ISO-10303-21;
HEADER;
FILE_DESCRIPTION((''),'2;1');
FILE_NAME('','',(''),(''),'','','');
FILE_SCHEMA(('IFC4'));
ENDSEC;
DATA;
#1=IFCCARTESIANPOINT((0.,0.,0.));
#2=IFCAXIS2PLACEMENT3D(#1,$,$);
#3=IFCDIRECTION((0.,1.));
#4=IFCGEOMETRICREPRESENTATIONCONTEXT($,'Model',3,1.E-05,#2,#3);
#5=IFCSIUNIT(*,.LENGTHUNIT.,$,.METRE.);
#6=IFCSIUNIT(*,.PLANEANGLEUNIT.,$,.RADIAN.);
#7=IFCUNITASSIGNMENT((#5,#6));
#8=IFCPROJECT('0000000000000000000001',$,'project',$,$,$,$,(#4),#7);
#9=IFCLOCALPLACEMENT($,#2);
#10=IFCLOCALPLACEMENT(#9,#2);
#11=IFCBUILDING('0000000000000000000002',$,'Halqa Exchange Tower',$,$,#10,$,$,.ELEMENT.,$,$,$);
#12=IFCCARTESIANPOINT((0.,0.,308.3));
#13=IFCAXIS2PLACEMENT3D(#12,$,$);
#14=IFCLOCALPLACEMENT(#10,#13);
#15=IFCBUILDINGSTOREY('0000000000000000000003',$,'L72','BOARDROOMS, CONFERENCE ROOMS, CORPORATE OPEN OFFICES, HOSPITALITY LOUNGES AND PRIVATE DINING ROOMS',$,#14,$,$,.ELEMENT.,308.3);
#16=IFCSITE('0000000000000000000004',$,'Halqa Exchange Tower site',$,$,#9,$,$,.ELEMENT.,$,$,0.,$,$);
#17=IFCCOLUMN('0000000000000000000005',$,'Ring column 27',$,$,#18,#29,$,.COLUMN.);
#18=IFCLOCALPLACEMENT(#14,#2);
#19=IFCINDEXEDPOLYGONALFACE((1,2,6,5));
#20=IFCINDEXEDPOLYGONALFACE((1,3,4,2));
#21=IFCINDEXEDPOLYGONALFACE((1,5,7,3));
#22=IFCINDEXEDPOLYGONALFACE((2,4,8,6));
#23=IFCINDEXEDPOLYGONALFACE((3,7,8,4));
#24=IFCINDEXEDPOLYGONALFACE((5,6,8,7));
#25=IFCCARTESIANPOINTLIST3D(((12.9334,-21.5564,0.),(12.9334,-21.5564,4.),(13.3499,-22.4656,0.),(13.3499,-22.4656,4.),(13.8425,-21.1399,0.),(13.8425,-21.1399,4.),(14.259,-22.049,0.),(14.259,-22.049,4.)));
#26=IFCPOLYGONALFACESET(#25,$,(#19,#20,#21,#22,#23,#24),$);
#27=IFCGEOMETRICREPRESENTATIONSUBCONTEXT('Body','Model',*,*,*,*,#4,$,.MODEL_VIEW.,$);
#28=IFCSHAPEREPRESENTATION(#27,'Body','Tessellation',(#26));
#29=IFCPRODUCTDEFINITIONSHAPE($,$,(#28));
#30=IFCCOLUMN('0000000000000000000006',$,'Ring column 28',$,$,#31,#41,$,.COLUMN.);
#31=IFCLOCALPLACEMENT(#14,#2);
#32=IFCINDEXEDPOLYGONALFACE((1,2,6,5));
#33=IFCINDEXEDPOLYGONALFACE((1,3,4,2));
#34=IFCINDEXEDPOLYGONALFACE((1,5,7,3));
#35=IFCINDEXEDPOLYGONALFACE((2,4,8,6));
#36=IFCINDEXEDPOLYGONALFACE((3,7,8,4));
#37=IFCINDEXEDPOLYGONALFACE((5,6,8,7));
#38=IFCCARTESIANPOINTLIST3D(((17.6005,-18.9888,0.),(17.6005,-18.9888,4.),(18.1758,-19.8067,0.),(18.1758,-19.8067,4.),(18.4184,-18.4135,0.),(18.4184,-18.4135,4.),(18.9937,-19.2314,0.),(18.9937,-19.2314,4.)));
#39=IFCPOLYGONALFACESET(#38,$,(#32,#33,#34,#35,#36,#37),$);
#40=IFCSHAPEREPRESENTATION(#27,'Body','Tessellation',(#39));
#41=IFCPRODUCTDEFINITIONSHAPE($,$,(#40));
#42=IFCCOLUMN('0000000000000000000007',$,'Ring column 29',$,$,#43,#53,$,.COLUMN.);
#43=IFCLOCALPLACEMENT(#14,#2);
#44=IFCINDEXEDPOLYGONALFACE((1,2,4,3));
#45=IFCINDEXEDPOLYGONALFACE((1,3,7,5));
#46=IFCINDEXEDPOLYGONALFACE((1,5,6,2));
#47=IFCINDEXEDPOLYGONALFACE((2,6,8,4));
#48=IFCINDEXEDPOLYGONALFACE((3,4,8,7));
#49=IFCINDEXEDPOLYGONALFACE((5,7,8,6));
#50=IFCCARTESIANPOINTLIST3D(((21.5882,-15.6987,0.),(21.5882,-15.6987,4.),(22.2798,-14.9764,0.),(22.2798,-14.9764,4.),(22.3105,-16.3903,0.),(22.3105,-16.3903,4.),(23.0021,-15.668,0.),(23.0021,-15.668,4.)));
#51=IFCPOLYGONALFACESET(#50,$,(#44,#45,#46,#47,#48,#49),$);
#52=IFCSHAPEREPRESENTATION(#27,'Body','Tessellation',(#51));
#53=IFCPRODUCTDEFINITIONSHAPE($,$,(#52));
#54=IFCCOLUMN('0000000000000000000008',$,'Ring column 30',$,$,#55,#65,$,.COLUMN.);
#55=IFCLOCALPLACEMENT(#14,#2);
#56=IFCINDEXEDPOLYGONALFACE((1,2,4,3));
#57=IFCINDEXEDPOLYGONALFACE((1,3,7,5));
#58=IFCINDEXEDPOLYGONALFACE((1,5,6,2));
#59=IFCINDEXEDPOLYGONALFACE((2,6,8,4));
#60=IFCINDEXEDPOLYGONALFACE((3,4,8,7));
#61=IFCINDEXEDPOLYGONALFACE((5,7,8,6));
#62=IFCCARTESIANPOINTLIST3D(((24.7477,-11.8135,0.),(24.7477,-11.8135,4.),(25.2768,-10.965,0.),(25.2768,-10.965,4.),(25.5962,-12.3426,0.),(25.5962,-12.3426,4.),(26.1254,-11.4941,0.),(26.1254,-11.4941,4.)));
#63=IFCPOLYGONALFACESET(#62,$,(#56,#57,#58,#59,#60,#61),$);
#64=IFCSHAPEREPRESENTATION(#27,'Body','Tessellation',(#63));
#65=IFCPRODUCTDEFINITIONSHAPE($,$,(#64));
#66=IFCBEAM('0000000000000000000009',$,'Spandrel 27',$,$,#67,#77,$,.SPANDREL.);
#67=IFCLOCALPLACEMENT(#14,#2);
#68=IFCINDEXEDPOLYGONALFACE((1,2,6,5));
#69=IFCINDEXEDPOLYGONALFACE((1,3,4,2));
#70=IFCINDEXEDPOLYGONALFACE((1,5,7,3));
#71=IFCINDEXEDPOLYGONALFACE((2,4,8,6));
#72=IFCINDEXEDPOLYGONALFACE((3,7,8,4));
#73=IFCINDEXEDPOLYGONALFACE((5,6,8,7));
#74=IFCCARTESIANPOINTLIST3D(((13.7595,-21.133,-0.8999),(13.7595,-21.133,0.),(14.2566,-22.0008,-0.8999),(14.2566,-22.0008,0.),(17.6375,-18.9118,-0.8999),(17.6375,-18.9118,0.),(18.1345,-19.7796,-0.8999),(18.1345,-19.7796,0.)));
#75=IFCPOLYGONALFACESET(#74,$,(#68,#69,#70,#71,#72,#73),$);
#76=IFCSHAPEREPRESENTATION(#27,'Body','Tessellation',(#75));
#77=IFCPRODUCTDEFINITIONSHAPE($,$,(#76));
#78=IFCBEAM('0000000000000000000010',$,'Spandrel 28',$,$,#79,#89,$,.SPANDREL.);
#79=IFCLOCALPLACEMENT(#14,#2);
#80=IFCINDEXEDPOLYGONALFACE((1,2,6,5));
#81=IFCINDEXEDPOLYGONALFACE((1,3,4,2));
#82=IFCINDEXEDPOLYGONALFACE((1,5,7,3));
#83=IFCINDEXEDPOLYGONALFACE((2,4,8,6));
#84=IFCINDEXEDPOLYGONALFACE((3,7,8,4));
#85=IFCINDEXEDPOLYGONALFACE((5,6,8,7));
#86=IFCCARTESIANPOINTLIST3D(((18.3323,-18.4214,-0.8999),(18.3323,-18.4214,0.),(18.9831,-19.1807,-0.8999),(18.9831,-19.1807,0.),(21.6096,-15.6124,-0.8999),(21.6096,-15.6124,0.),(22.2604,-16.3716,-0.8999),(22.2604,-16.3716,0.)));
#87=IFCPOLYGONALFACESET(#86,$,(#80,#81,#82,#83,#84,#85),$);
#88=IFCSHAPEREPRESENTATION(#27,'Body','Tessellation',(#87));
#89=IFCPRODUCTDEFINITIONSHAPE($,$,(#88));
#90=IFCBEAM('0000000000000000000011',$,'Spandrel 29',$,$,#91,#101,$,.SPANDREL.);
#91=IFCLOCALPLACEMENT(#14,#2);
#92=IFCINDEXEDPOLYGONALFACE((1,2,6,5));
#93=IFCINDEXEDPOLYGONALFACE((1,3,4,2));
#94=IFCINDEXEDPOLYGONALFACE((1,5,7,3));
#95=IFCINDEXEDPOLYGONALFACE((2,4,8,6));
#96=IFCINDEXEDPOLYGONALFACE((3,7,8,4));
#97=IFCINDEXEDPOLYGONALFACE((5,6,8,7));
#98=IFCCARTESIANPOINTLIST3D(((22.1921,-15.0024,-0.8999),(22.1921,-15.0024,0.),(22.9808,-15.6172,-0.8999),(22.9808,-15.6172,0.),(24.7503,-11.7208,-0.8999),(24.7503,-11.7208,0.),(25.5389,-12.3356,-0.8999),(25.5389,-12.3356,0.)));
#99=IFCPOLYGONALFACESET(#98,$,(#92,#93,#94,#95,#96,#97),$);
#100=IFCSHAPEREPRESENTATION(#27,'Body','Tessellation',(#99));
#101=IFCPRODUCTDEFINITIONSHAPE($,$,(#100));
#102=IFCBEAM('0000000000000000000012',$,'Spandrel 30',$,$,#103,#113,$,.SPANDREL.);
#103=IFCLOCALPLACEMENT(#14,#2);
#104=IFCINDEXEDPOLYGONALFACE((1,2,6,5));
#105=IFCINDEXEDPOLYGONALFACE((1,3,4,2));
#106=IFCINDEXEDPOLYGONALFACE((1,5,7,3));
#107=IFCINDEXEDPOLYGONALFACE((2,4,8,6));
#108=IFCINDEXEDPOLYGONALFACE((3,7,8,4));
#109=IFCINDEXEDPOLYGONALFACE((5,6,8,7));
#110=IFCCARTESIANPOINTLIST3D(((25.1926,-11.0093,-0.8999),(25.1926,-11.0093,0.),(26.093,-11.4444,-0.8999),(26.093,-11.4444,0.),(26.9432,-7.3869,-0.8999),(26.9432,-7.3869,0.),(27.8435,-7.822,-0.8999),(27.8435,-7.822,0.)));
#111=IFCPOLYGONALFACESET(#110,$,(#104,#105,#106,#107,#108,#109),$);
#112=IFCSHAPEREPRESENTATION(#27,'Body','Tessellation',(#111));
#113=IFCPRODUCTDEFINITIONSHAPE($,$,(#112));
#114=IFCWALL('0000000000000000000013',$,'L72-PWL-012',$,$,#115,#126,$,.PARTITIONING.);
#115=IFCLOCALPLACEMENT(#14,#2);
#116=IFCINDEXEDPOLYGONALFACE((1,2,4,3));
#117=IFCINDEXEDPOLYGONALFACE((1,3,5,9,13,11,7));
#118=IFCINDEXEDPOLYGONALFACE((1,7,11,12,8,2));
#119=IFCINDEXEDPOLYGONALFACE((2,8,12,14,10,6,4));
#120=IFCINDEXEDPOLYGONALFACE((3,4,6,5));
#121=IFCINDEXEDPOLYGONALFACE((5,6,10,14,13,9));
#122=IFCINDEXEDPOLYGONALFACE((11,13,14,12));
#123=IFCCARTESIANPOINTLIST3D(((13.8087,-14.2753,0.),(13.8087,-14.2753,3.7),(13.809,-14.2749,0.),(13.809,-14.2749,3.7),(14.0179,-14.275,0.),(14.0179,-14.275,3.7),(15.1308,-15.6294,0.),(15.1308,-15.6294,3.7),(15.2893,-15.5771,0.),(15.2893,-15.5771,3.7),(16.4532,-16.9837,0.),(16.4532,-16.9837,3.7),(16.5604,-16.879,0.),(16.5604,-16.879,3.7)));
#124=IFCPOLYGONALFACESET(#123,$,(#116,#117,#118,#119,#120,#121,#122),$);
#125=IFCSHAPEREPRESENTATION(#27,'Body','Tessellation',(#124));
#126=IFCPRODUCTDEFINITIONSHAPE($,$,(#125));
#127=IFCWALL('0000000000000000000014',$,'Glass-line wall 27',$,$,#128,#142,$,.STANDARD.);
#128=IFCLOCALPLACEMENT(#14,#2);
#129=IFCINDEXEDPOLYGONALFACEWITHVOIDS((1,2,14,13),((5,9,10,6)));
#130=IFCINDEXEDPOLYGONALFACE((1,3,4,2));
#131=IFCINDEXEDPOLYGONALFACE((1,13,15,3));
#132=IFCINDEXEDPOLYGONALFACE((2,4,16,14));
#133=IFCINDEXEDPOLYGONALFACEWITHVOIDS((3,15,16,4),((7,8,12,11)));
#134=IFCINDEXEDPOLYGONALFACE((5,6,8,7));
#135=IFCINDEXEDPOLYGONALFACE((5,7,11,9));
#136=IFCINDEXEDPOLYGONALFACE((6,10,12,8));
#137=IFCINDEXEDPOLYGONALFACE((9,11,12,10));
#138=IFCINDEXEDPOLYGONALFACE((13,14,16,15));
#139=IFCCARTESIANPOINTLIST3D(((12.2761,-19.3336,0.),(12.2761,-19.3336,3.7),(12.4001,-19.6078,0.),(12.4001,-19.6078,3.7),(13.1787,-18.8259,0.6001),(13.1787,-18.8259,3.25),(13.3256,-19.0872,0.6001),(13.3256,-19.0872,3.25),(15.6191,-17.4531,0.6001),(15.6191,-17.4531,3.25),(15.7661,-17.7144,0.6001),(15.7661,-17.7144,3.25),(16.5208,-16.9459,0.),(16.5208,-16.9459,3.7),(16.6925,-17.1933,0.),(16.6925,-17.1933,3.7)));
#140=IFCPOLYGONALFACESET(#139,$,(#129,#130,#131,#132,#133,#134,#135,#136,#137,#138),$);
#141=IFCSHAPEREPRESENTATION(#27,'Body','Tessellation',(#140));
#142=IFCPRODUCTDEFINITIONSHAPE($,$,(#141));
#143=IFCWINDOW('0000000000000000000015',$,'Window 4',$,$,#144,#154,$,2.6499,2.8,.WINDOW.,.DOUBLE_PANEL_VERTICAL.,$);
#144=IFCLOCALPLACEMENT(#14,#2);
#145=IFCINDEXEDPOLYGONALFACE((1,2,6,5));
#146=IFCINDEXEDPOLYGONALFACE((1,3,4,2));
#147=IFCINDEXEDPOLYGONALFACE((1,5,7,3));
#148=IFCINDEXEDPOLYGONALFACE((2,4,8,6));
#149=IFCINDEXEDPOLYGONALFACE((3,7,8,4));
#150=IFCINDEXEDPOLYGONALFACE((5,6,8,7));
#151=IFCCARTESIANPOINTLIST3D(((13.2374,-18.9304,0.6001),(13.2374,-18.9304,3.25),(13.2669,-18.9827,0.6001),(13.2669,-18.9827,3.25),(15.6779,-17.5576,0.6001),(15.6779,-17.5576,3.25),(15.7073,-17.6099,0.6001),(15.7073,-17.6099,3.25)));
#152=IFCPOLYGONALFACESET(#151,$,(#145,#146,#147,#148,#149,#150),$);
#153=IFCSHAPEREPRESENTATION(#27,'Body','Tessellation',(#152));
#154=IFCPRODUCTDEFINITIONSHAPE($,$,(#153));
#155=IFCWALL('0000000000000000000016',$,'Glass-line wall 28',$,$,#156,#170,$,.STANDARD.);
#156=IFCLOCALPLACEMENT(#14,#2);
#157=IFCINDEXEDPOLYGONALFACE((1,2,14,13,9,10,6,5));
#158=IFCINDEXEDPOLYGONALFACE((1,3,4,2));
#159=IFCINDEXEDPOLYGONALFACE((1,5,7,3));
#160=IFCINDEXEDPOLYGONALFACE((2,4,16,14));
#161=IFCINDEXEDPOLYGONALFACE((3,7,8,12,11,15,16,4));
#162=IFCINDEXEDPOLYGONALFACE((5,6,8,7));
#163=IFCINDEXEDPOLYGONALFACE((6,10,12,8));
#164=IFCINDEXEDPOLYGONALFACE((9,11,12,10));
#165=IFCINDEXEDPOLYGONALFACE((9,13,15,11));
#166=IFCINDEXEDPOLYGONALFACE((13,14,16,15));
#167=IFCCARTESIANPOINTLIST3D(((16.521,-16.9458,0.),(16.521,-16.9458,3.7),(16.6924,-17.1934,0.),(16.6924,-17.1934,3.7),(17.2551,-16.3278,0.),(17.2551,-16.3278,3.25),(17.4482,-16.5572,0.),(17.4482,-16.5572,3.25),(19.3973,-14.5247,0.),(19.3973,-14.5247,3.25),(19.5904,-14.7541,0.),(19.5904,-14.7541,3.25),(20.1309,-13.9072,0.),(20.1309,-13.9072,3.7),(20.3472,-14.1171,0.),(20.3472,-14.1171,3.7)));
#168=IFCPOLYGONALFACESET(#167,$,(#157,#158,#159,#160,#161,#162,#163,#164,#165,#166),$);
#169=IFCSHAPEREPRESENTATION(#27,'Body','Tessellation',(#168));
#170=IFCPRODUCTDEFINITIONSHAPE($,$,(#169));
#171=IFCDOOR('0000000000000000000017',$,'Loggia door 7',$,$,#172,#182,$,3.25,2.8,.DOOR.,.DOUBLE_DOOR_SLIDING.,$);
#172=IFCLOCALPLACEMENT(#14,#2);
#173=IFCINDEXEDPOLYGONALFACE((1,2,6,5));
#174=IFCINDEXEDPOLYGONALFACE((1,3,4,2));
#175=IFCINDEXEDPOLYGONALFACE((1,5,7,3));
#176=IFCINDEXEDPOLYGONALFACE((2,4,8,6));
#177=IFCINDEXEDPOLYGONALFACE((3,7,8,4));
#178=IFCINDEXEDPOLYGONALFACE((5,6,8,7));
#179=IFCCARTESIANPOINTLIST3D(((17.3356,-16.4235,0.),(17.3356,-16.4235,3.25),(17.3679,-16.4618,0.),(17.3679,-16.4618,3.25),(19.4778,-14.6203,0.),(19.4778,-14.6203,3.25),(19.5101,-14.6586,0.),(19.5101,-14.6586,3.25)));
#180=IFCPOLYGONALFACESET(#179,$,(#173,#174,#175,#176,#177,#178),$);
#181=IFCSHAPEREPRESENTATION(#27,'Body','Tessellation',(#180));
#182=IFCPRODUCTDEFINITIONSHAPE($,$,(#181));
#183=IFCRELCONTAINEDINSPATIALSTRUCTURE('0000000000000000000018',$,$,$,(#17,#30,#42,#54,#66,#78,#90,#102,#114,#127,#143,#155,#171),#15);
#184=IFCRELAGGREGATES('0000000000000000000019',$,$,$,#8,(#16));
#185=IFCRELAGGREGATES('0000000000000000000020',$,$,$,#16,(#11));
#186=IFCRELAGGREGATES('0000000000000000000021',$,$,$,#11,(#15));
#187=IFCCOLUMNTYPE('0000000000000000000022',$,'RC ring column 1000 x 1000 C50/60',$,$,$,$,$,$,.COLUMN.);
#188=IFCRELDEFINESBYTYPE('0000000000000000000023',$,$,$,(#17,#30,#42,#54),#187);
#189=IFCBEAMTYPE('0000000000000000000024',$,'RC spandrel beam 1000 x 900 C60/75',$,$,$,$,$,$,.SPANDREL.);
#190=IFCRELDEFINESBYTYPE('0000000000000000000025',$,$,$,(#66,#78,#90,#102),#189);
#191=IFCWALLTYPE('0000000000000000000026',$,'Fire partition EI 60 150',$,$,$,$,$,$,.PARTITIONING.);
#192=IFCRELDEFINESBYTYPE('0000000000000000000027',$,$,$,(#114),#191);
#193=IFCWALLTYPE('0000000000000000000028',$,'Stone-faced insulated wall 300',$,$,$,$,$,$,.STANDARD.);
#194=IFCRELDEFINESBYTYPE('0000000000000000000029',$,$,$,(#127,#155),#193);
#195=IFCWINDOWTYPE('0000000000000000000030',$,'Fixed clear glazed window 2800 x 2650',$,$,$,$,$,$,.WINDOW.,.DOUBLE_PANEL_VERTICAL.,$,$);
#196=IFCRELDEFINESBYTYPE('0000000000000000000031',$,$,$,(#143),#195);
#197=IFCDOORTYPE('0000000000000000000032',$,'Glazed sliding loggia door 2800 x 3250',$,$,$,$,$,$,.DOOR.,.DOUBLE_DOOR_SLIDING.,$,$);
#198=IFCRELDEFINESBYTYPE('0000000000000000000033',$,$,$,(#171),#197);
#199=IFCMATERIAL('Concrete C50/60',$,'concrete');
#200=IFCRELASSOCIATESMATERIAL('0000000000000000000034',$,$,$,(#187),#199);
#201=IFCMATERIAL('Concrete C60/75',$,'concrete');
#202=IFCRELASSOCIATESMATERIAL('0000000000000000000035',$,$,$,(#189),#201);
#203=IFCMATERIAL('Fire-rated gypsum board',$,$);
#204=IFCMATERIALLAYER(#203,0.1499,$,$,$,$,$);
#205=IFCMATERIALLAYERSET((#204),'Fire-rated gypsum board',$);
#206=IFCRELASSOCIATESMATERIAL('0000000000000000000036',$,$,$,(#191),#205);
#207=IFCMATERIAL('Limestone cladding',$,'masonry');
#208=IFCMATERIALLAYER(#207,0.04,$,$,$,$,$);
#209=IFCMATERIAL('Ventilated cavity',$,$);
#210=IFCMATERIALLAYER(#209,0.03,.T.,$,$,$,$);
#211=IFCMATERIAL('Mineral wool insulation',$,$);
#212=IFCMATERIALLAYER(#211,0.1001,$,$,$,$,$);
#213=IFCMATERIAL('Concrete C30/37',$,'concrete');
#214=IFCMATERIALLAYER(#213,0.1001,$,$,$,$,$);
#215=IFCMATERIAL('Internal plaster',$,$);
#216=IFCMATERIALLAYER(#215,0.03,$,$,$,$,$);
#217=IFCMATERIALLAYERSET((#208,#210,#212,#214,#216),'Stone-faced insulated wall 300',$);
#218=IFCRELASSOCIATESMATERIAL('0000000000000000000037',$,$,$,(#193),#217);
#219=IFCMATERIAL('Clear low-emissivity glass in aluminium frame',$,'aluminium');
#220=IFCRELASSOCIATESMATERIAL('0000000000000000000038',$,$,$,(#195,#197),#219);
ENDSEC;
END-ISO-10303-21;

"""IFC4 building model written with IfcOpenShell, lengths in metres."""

from ifc_helpers import new_model, si_unit, direction, frame, frame_2d, origin, origin_2d, place, context, subcontext, project, spatial, polyline, rectangle, outline, extrude, material, layer, layer_set, material_profile, profile_set, type_object, element, fill, save


model = new_model("IFC4")

# Units and contexts
model_context = context("Model", 3, precision=1e-05, world=origin(), true_north=direction((0.0, 1.0)))
body_context = subcontext(model_context, "Body", "Model", "MODEL_VIEW")
ifc_project = project(units=[si_unit("LENGTHUNIT", "METRE"), si_unit("PLANEANGLEUNIT", "RADIAN")], contexts=[model_context])

# Site, building, storey
site_placement = place(None, origin())
site = spatial("IfcSite", under=ifc_project, at=site_placement, Name="Halqa Exchange Tower site", CompositionType="ELEMENT", RefElevation=0.0)
building_placement = place(site_placement, origin())
building = spatial("IfcBuilding", under=site, at=building_placement, Name="Halqa Exchange Tower", CompositionType="ELEMENT")
storey_placement = place(building_placement, frame((0.0, 0.0, 308.3)))
storey = spatial("IfcBuildingStorey", under=building, at=storey_placement, Name="L72", Description="BOARDROOMS, CONFERENCE ROOMS, CORPORATE OPEN OFFICES, HOSPITALITY LOUNGES AND PRIVATE DINING ROOMS", CompositionType="ELEMENT", Elevation=308.3)

# Columns
ifc_material_1 = material(Name="Concrete C50/60", Category="concrete")
ifc_material_profile_1 = material_profile(ifc_material_1, rectangle(XDim=1.0, YDim=1.0, at=origin_2d()), Name="1000 x 1000")
ifc_profile_set_1 = profile_set([ifc_material_profile_1], Name="Concrete C50/60")
column_type = type_object("IfcColumnType", Name="RC ring column 1000 x 1000 C50/60", PredefinedType="COLUMN", material=ifc_profile_set_1)
for number, where, z_axis, x_axis, name in (
    (1, (13.5962, -21.8027, 0.0), (0.0, 0.0, 1.0), (0.909126, 0.41652, 0.0), "Ring column 27"),
    (2, (18.2971, -19.1101, 0.0), (0.0, 0.0, 1.0), (0.817904, 0.575355, 0.0), "Ring column 28"),
    (3, (22.2952, -15.6833, 0.0), (0.0, 0.0, 1.0), (0.691581, 0.722299, 0.0), "Ring column 29"),
    (4, (25.4365, -11.6538, 0.0), (0.0, 0.0, 1.0), (0.529151, 0.848528, 0.0), "Ring column 30"),
):
    element("IfcColumn", number, at=place(storey_placement, frame(where, z_axis=z_axis, x_axis=x_axis)), inside=storey, type_object=column_type, Name=name, PredefinedType="COLUMN", context=body_context, shape_type="SweptSolid", body=[
        extrude(rectangle(XDim=1.0, YDim=1.0, at=origin_2d()), origin(), (0.0, 0.0, 1.0), 4.0),
    ])

# Beams
ifc_material_2 = material(Name="Concrete C60/75", Category="concrete")
ifc_material_profile_2 = material_profile(ifc_material_2, rectangle(XDim=1.0, YDim=0.8999, at=origin_2d()), Name="1000 x 900")
ifc_profile_set_2 = profile_set([ifc_material_profile_2], Name="Concrete C60/75")
beam_type = type_object("IfcBeamType", Name="RC spandrel beam 1000 x 900 C60/75", PredefinedType="SPANDREL", material=ifc_profile_set_2)
beam_1_placement = place(storey_placement, frame((14.0081, -21.5669, -0.45), z_axis=(0.867738, 0.497021, 0.0), x_axis=(-0.497021, 0.867738, 0.0)))
element("IfcBeam", 5, at=beam_1_placement, inside=storey, type_object=beam_type, Name="Spandrel 27", PredefinedType="SPANDREL", context=body_context, shape_type="SweptSolid", body=[
    extrude(rectangle(XDim=1.0, YDim=0.8999, at=origin_2d()), origin(), (0.0, 0.0, 1.0), 4.469),
])
beam_2_placement = place(storey_placement, frame((18.6577, -18.801, -0.45), z_axis=(0.759265, 0.650782, 0.0), x_axis=(-0.650782, 0.759265, 0.0)))
element("IfcBeam", 6, at=beam_2_placement, inside=storey, type_object=beam_type, Name="Spandrel 28", PredefinedType="SPANDREL", context=body_context, shape_type="SweptSolid", body=[
    extrude(rectangle(XDim=1.0, YDim=0.8999, at=origin_2d()), origin(), (0.0, 0.0, 1.0), 4.3164),
])
beam_3_placement = place(storey_placement, frame((22.5864, -15.3098, -0.45), z_axis=(0.614814, 0.788672, 0.0), x_axis=(-0.788672, 0.614814, 0.0)))
element("IfcBeam", 7, at=beam_3_placement, inside=storey, type_object=beam_type, Name="Spandrel 29", PredefinedType="SPANDREL", context=body_context, shape_type="SweptSolid", body=[
    extrude(rectangle(XDim=1.0, YDim=0.8999, at=origin_2d()), origin(), (0.0, 0.0, 1.0), 4.1609),
])
beam_4_placement = place(storey_placement, frame((25.6428, -11.2268, -0.45), z_axis=(0.435109, 0.900378, 0.0), x_axis=(-0.900378, 0.435109, 0.0)))
element("IfcBeam", 8, at=beam_4_placement, inside=storey, type_object=beam_type, Name="Spandrel 30", PredefinedType="SPANDREL", context=body_context, shape_type="SweptSolid", body=[
    extrude(rectangle(XDim=1.0, YDim=0.8999, at=origin_2d()), origin(), (0.0, 0.0, 1.0), 4.0232),
])

# Wall
ifc_material_3 = material(Name="Fire-rated gypsum board")
ifc_layer_1 = layer(ifc_material_3, 0.1499)
ifc_layer_set_1 = layer_set([ifc_layer_1], Name="Fire-rated gypsum board")
wall_type_1 = type_object("IfcWallType", Name="Fire partition EI 60 150", PredefinedType="PARTITIONING", material=ifc_layer_set_1)
wall_1_placement = place(storey_placement, frame((13.8623, -14.2229, 0.0), z_axis=(0.0, 0.0, 1.0), x_axis=(0.698607, -0.715505, 0.0)))
element("IfcWall", 9, at=wall_1_placement, inside=storey, type_object=wall_type_1, Name="L72-PWL-012", PredefinedType="PARTITIONING", context=body_context, shape_type="SweptSolid", body=[
    extrude(outline(polyline([(3.7854, 0.075), (1.9658, 0.075), (0.146, 0.075), (0.0, -0.0745), (0.0, -0.075), (1.8926, -0.075), (3.7854, -0.075), (3.7854, 0.075)])), origin(), (0.0, 0.0, 1.0), 3.7),
])

# Wall, opening, window
ifc_material_4 = material(Name="Limestone cladding", Category="masonry")
ifc_layer_2 = layer(ifc_material_4, 0.04)
ifc_material_5 = material(Name="Ventilated cavity")
ifc_layer_3 = layer(ifc_material_5, 0.03, ventilated=True)
ifc_material_6 = material(Name="Mineral wool insulation")
ifc_layer_4 = layer(ifc_material_6, 0.1001)
ifc_material_7 = material(Name="Concrete C30/37", Category="concrete")
ifc_layer_5 = layer(ifc_material_7, 0.1001)
ifc_material_8 = material(Name="Internal plaster")
ifc_layer_6 = layer(ifc_material_8, 0.03)
ifc_layer_set_2 = layer_set([ifc_layer_2, ifc_layer_3, ifc_layer_4, ifc_layer_5, ifc_layer_6], Name="Stone-faced insulated wall 300")
wall_type_2 = type_object("IfcWallType", Name="Stone-faced insulated wall 300", PredefinedType="STANDARD", material=ifc_layer_set_2)
wall_2_placement = place(storey_placement, frame((12.3381, -19.4707, 0.0), z_axis=(0.0, 0.0, 1.0), x_axis=(0.87157, 0.490271, 0.0)))
wall_2 = element("IfcWall", 10, at=wall_2_placement, inside=storey, type_object=wall_type_2, Name="Glass-line wall 27", PredefinedType="STANDARD", context=body_context, shape_type="SweptSolid", body=[
    extrude(outline(polyline([(-0.0132, -0.1499), (4.9116, -0.1499), (4.8833, 0.1499), (0.0132, 0.1499), (-0.0132, -0.1499)])), origin(), (0.0, 0.0, 1.0), 3.7),
])
opening_1_placement = place(wall_2_placement, frame((1.0488, 0.0, 0.6001)))
opening_1 = element("IfcOpeningElement", 11, at=opening_1_placement, cuts=wall_2, PredefinedType="OPENING", context=body_context, shape_type="SweptSolid", body=[
    extrude(rectangle(XDim=2.8, YDim=2.6499, at=frame_2d((1.3999, 1.325))), frame((0.0, 0.1621, 0.0), z_axis=(0.0, -1.0, 0.0), x_axis=(1.0, 0.0, 0.0)), (0.0, 0.0, 1.0), 0.324),
])
ifc_material_9 = material(Name="Clear low-emissivity glass in aluminium frame", Category="aluminium")
window_type = type_object("IfcWindowType", Name="Fixed clear glazed window 2800 x 2650", PartitioningType="DOUBLE_PANEL_VERTICAL", PredefinedType="WINDOW", material=ifc_material_9)
window_1_placement = place(opening_1_placement, origin())
window_1 = element("IfcWindow", 12, at=window_1_placement, inside=storey, type_object=window_type, Name="Window 4", OverallHeight=2.6499, OverallWidth=2.8, PartitioningType="DOUBLE_PANEL_VERTICAL", PredefinedType="WINDOW", context=body_context, shape_type="SweptSolid", body=[
    extrude(rectangle(XDim=2.8, YDim=2.6499, at=frame_2d((1.3999, 1.325))), frame((0.0, 0.03, 0.0), z_axis=(0.0, -1.0, 0.0), x_axis=(1.0, 0.0, 0.0)), (0.0, 0.0, 1.0), 0.0601),
])
fill(opening_1, window_1)

# Wall, opening, door
wall_3_placement = place(storey_placement, frame((16.6067, -17.0696, 0.0), z_axis=(0.0, 0.0, 1.0), x_axis=(0.765059, 0.64396, 0.0)))
wall_3 = element("IfcWall", 13, at=wall_3_placement, inside=storey, type_object=wall_type_2, Name="Glass-line wall 28", PredefinedType="STANDARD", context=body_context, shape_type="SweptSolid", body=[
    extrude(outline(polyline([(-0.0142, -0.1499), (4.7629, -0.1499), (4.7327, 0.1499), (0.0142, 0.1499), (-0.0142, -0.1499)])), origin(), (0.0, 0.0, 1.0), 3.7),
])
opening_2_placement = place(wall_3_placement, frame((0.9739, 0.0, 0.0)))
opening_2 = element("IfcOpeningElement", 14, at=opening_2_placement, cuts=wall_3, PredefinedType="OPENING", context=body_context, shape_type="SweptSolid", body=[
    extrude(rectangle(XDim=2.8, YDim=3.25, at=frame_2d((1.3999, 1.625))), frame((0.0, 0.1621, 0.0), z_axis=(0.0, -1.0, 0.0), x_axis=(1.0, 0.0, 0.0)), (0.0, 0.0, 1.0), 0.324),
])
door_type_1 = type_object("IfcDoorType", Name="Glazed sliding loggia door 2800 x 3250", OperationType="DOUBLE_DOOR_SLIDING", PredefinedType="DOOR", material=ifc_material_9)
door_1_placement = place(opening_2_placement, origin())
door_1 = element("IfcDoor", 15, at=door_1_placement, inside=storey, type_object=door_type_1, Name="Loggia door 7", OperationType="DOUBLE_DOOR_SLIDING", OverallHeight=3.25, OverallWidth=2.8, PredefinedType="DOOR", context=body_context, shape_type="SweptSolid", body=[
    extrude(rectangle(XDim=2.8, YDim=3.25, at=frame_2d((1.3999, 1.625))), frame((0.0, 0.0249, 0.0), z_axis=(0.0, -1.0, 0.0), x_axis=(1.0, 0.0, 0.0)), (0.0, 0.0, 1.0), 0.05),
])
fill(opening_2, door_1)

save(model, "model.ifc")
